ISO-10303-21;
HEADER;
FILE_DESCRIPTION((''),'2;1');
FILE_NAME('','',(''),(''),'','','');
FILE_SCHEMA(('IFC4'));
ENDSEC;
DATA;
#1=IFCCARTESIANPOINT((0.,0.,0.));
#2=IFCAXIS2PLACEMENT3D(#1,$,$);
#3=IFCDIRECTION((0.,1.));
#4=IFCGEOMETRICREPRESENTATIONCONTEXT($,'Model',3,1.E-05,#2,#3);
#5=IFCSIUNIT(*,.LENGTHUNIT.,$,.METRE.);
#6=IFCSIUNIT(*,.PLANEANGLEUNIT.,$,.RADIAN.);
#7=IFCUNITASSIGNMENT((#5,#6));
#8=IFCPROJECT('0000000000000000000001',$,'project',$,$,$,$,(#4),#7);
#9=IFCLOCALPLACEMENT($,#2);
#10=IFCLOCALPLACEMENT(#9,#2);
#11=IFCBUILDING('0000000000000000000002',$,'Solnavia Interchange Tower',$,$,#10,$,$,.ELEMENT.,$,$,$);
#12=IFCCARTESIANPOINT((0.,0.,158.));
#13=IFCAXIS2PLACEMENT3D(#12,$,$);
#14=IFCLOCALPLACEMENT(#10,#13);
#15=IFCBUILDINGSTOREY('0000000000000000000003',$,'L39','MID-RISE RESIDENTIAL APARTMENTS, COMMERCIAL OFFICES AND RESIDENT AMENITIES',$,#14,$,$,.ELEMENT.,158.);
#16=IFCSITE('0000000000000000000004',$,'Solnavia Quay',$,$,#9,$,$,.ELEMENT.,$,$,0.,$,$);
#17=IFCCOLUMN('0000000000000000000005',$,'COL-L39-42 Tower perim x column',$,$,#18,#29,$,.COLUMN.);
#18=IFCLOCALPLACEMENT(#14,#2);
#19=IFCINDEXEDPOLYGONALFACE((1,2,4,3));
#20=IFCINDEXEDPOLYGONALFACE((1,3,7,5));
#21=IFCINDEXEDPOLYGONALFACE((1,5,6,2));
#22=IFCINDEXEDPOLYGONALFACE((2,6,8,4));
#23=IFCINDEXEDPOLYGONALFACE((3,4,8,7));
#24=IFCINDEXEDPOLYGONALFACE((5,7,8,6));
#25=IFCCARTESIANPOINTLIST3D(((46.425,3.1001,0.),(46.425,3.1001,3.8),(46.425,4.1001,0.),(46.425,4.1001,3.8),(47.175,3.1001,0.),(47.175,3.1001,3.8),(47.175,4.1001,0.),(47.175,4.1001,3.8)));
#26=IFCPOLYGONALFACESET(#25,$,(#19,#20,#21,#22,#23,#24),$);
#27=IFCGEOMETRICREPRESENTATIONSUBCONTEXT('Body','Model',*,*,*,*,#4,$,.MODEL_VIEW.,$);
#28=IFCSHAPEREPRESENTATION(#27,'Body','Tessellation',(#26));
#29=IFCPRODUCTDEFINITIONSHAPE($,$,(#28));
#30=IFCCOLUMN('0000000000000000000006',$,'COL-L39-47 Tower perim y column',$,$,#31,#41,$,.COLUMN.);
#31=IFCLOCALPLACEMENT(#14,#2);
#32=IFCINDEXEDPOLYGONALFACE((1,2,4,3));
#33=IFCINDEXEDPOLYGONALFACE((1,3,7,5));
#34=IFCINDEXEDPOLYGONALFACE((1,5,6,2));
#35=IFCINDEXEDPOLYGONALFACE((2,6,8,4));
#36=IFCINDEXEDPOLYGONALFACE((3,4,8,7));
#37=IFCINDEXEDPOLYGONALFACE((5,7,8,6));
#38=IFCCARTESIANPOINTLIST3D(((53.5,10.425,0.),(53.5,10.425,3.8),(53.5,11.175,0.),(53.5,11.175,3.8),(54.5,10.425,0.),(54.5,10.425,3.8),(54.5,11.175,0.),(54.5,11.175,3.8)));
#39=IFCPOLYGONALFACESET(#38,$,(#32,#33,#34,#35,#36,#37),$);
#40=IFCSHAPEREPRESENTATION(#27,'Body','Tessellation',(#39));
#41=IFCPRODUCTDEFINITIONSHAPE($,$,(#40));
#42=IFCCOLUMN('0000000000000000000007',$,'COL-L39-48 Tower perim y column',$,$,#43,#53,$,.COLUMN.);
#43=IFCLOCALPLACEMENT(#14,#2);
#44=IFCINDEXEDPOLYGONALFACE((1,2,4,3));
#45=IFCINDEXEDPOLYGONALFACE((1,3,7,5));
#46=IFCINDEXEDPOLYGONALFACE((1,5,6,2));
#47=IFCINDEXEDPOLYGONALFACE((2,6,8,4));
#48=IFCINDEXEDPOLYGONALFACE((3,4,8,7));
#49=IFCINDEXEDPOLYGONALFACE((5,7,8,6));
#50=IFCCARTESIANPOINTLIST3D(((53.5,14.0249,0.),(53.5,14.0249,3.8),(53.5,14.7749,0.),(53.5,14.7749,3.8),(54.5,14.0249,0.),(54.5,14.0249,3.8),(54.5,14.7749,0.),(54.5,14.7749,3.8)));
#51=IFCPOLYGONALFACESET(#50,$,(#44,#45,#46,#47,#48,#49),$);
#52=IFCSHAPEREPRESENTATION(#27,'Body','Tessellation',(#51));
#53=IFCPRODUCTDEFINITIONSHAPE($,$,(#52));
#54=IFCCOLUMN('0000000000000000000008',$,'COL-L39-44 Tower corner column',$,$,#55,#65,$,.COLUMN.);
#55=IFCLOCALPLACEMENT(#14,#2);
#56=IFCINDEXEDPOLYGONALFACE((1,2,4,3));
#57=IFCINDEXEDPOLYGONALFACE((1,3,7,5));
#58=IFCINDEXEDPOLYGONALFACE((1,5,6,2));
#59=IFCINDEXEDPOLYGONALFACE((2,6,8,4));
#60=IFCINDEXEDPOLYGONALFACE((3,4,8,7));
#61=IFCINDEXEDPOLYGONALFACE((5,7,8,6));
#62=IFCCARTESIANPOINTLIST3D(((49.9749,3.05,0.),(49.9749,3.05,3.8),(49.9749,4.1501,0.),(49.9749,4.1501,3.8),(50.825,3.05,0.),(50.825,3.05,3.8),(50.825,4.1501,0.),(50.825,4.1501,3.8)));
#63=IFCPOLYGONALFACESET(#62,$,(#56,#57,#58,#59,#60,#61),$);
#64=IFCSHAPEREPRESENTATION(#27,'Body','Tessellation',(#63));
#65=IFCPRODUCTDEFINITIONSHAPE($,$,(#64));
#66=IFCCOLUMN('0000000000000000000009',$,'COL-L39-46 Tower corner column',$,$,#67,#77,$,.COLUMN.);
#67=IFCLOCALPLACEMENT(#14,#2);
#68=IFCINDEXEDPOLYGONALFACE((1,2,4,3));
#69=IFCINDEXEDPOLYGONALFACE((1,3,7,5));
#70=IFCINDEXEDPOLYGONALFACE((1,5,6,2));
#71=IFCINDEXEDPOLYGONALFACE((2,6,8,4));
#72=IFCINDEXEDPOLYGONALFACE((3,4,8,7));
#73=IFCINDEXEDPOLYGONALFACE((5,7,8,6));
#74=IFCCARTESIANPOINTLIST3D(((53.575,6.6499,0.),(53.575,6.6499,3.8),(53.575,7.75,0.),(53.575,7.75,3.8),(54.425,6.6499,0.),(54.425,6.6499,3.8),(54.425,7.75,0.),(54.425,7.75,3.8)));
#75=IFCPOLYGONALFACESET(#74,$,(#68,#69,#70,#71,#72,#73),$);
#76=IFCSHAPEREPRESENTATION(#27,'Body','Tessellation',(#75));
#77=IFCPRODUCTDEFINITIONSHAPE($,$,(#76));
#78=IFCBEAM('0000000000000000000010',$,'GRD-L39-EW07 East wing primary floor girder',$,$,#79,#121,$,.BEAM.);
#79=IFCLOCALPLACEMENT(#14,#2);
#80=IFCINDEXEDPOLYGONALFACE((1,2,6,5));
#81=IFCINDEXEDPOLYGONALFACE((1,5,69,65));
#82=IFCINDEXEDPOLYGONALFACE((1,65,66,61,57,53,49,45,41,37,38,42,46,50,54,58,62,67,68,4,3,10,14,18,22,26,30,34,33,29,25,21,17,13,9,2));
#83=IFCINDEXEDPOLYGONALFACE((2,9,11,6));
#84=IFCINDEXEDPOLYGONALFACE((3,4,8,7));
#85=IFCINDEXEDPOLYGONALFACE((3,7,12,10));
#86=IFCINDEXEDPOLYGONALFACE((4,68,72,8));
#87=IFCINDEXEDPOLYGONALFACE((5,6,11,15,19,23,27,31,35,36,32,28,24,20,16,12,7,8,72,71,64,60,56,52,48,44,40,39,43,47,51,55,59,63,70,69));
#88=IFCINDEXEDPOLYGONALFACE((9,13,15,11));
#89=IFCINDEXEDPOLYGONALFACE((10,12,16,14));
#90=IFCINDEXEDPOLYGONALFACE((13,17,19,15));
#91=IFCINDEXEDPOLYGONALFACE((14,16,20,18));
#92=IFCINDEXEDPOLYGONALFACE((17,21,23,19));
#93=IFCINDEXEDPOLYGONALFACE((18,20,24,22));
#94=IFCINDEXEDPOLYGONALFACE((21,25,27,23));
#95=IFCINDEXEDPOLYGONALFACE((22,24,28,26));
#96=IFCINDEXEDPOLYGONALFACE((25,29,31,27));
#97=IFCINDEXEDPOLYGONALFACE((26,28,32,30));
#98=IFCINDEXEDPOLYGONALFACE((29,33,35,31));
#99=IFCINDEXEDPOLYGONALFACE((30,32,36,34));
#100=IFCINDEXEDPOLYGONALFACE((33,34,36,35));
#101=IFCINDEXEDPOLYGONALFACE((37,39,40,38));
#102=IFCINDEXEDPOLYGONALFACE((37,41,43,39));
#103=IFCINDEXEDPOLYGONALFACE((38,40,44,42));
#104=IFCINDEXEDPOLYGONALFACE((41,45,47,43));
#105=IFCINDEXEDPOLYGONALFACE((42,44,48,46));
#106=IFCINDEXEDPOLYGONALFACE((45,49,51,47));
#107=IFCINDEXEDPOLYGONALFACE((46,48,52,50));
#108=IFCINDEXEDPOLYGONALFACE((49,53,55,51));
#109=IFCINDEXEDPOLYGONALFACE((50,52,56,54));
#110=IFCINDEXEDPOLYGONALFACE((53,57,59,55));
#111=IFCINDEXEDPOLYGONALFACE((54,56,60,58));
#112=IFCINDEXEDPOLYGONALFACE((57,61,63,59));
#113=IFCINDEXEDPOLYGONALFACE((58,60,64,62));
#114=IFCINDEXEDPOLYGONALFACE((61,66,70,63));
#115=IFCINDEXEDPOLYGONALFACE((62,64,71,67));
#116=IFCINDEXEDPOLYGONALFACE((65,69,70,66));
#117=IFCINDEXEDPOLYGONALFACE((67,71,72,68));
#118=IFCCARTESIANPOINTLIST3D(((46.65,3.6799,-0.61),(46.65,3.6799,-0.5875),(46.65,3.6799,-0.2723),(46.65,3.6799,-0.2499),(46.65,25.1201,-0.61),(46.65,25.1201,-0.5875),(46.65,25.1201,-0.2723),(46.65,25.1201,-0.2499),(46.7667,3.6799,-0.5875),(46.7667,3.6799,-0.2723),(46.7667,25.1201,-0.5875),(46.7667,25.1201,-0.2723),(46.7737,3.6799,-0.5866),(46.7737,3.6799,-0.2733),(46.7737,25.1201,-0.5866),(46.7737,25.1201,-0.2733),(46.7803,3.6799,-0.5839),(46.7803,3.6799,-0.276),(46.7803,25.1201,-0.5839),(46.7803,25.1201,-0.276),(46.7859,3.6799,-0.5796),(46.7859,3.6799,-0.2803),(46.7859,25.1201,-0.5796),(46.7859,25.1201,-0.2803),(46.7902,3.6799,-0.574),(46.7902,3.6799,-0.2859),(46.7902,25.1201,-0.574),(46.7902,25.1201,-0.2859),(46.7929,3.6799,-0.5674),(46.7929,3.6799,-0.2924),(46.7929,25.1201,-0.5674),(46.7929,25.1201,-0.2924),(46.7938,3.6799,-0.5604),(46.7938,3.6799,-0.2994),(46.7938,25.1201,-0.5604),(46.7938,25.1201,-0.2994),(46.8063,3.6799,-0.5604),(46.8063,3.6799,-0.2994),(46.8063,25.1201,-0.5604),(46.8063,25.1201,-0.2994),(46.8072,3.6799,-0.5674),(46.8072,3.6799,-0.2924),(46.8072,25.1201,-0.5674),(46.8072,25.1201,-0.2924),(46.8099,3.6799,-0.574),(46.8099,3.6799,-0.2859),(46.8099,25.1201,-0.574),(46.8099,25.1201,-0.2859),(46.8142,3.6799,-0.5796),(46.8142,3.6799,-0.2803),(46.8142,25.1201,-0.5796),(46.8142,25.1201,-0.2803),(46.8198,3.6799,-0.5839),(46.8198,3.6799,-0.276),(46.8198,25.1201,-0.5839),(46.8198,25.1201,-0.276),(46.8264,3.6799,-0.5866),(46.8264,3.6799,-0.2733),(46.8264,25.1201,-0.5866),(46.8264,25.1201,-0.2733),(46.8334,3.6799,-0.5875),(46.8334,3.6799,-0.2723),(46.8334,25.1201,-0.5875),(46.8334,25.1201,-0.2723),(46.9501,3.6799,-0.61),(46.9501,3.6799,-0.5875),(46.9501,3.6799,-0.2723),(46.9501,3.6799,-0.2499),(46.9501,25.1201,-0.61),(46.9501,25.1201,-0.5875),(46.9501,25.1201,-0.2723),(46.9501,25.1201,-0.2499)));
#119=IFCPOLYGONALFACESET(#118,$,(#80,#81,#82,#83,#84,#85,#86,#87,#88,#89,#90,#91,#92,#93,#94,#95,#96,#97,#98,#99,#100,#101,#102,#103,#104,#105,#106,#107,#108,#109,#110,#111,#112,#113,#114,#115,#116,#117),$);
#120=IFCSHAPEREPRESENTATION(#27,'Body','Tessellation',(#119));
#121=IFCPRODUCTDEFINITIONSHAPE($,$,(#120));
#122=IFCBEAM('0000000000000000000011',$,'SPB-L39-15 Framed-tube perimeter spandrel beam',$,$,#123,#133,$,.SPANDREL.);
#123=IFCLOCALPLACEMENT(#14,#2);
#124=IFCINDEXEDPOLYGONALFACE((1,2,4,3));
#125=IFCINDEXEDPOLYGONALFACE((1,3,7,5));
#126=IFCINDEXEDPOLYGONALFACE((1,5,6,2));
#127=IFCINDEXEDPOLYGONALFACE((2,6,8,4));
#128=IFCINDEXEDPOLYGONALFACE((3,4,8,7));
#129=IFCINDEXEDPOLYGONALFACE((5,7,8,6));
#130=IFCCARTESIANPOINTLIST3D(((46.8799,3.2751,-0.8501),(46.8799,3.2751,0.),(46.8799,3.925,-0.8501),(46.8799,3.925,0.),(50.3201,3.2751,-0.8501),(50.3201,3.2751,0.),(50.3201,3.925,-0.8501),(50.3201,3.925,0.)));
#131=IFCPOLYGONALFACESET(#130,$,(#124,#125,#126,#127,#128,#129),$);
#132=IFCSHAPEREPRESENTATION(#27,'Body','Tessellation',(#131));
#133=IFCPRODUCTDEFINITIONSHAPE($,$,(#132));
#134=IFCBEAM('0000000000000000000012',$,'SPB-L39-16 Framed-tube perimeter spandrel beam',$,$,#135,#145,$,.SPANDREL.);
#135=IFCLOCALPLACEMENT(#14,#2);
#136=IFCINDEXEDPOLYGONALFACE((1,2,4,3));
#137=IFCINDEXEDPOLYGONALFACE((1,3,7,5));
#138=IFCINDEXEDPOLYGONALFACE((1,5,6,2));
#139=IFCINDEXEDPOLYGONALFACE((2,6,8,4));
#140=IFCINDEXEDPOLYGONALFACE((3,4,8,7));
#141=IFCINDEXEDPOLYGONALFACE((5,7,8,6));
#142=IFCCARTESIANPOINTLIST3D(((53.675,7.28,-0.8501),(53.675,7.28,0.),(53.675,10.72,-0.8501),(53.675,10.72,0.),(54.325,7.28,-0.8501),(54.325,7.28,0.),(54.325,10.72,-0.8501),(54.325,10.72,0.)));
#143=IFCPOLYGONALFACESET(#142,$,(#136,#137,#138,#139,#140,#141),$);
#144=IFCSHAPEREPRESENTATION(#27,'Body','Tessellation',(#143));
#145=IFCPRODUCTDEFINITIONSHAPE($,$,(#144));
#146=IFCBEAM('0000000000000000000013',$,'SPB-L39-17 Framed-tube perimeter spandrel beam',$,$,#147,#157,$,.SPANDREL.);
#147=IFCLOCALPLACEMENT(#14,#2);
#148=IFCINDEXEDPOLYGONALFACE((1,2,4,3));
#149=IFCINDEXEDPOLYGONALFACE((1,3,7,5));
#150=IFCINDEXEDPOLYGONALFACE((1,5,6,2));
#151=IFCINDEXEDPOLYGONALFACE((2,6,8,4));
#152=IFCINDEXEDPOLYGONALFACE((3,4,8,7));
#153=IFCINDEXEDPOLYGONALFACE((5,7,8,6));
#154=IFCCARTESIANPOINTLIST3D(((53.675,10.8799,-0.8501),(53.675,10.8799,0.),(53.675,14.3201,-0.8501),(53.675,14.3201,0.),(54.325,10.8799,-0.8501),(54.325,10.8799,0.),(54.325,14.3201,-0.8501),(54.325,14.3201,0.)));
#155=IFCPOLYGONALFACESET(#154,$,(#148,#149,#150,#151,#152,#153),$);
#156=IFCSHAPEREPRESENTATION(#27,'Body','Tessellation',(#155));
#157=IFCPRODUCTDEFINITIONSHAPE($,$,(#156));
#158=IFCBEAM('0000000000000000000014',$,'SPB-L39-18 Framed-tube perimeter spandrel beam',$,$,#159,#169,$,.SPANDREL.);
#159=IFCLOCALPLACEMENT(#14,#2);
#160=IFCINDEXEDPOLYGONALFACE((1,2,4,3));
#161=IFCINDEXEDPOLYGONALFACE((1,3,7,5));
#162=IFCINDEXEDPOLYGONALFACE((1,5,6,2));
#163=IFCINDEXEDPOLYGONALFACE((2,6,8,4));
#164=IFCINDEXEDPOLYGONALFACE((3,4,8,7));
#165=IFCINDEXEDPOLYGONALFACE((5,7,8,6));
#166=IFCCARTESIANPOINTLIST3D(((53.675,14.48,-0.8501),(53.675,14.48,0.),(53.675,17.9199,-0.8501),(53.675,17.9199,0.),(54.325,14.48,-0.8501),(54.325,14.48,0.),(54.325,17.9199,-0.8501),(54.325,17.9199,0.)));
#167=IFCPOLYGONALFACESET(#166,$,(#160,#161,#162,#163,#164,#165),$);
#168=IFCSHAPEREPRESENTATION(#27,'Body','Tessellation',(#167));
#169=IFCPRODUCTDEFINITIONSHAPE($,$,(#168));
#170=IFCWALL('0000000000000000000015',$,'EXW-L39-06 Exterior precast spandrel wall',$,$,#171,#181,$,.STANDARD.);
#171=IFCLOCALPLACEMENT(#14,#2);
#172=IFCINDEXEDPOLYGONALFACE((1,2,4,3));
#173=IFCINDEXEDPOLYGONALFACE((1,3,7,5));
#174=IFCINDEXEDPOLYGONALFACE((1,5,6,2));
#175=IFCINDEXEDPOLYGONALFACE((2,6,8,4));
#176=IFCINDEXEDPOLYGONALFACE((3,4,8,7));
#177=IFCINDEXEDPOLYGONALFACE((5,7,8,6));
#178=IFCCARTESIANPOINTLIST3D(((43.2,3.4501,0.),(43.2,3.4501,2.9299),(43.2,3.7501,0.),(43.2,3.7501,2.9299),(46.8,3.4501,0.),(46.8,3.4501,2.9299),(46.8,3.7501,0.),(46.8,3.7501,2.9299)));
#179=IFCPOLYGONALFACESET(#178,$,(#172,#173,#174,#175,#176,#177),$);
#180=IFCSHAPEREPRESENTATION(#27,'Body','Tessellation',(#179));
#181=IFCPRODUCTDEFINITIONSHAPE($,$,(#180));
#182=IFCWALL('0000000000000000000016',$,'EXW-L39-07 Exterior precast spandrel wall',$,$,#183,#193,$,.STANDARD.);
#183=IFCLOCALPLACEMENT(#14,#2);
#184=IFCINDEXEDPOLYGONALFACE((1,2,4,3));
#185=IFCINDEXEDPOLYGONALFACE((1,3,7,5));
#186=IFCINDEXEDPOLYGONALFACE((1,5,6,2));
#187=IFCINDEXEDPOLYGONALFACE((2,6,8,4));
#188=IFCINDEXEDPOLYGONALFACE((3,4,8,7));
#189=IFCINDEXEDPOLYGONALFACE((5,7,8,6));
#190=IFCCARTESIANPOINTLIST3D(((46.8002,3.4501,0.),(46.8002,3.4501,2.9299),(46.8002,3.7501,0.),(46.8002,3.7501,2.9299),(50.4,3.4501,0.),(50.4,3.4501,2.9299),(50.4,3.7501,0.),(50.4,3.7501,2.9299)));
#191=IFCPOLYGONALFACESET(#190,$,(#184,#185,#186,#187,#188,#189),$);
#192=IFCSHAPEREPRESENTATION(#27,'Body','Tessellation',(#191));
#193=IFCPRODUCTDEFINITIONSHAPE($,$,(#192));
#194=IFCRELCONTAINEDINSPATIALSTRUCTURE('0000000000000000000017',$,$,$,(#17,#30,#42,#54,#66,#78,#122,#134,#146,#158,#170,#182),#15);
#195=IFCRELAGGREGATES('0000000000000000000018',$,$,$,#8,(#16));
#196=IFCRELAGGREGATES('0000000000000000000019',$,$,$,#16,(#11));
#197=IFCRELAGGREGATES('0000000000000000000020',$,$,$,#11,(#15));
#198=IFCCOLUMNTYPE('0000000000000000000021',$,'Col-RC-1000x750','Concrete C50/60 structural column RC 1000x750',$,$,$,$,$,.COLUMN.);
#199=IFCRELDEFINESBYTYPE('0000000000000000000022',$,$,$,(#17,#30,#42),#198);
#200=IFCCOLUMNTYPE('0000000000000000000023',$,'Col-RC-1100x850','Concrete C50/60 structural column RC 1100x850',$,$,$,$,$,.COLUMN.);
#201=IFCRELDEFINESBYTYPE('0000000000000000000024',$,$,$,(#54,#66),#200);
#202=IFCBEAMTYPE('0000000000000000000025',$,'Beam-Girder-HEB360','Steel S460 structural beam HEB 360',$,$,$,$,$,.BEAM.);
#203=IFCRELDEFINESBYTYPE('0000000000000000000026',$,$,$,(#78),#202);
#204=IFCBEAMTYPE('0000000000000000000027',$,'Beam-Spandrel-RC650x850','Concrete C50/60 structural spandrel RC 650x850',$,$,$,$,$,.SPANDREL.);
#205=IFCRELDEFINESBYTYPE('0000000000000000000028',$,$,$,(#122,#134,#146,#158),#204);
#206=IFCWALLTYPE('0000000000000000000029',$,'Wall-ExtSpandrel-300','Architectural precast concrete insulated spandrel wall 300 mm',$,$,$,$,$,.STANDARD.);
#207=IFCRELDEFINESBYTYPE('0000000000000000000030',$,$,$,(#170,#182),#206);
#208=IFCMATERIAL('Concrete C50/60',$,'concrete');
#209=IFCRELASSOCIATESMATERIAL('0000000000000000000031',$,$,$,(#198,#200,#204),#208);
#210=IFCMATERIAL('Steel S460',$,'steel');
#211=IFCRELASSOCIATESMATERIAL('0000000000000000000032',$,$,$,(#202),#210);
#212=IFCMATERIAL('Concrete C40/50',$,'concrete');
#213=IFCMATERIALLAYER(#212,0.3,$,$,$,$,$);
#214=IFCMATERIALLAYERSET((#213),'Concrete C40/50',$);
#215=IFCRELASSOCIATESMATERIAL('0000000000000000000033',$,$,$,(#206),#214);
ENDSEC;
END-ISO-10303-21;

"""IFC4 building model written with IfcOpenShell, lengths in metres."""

from ifc_helpers import new_model, si_unit, direction, frame, frame_2d, origin, origin_2d, place, context, subcontext, project, spatial, rectangle, i_section, extrude, material, layer, layer_set, material_profile, profile_set, type_object, element, save


model = new_model("IFC4")

# Units and contexts
model_context = context("Model", 3, precision=1e-05, world=origin(), true_north=direction((0.0, 1.0)))
body_context = subcontext(model_context, "Body", "Model", "MODEL_VIEW")
ifc_project = project(units=[si_unit("LENGTHUNIT", "METRE"), si_unit("PLANEANGLEUNIT", "RADIAN")], contexts=[model_context])

# Site, building, storey
site_placement = place(None, origin())
site = spatial("IfcSite", under=ifc_project, at=site_placement, Name="Solnavia Quay", CompositionType="ELEMENT", RefElevation=0.0)
building_placement = place(site_placement, origin())
building = spatial("IfcBuilding", under=site, at=building_placement, Name="Solnavia Interchange Tower", CompositionType="ELEMENT")
storey_placement = place(building_placement, frame((0.0, 0.0, 158.0)))
storey = spatial("IfcBuildingStorey", under=building, at=storey_placement, Name="L39", Description="MID-RISE RESIDENTIAL APARTMENTS, COMMERCIAL OFFICES AND RESIDENT AMENITIES", CompositionType="ELEMENT", Elevation=158.0)

# Columns
ifc_material_1 = material(Name="Concrete C50/60", Category="concrete")
ifc_material_profile_1 = material_profile(ifc_material_1, rectangle(XDim=0.75, YDim=1.0, at=origin_2d()), Name="RC 1000x750")
ifc_profile_set_1 = profile_set([ifc_material_profile_1], Name="Concrete C50/60")
column_type_1 = type_object("IfcColumnType", Name="Col-RC-1000x750", Description="Concrete C50/60 structural column RC 1000x750", PredefinedType="COLUMN", material=ifc_profile_set_1)
for number, where, z_axis, x_axis, name in (
    (1, (46.8, 3.6001, 0.0), (0.0, 0.0, 1.0), (1.0, 0.0, 0.0), "COL-L39-42 Tower perim x column"),
    (2, (54.0, 10.8, 0.0), (0.0, 0.0, 1.0), (0.0, 1.0, 0.0), "COL-L39-47 Tower perim y column"),
    (3, (54.0, 14.3999, 0.0), (0.0, 0.0, 1.0), (0.0, 1.0, 0.0), "COL-L39-48 Tower perim y column"),
):
    element("IfcColumn", number, at=place(storey_placement, frame(where, z_axis=z_axis, x_axis=x_axis)), inside=storey, type_object=column_type_1, Name=name, PredefinedType="COLUMN", context=body_context, shape_type="SweptSolid", body=[
        extrude(rectangle(XDim=0.75, YDim=1.0, at=origin_2d()), origin(), (0.0, 0.0, 1.0), 3.8),
    ])
ifc_material_profile_2 = material_profile(ifc_material_1, rectangle(XDim=0.8501, YDim=1.1001, at=origin_2d()), Name="RC 1100x850")
ifc_profile_set_2 = profile_set([ifc_material_profile_2], Name="Concrete C50/60")
column_type_2 = type_object("IfcColumnType", Name="Col-RC-1100x850", Description="Concrete C50/60 structural column RC 1100x850", PredefinedType="COLUMN", material=ifc_profile_set_2)
for number, where, z_axis, x_axis, name in (
    (4, (50.3999, 3.6001, 0.0), (0.0, 0.0, 1.0), (1.0, 0.0, 0.0), "COL-L39-44 Tower corner column"),
    (5, (54.0, 7.2, 0.0), (0.0, 0.0, 1.0), (1.0, 0.0, 0.0), "COL-L39-46 Tower corner column"),
):
    element("IfcColumn", number, at=place(storey_placement, frame(where, z_axis=z_axis, x_axis=x_axis)), inside=storey, type_object=column_type_2, Name=name, PredefinedType="COLUMN", context=body_context, shape_type="SweptSolid", body=[
        extrude(rectangle(XDim=0.8501, YDim=1.1001, at=origin_2d()), origin(), (0.0, 0.0, 1.0), 3.8),
    ])

# Beams
ifc_material_2 = material(Name="Steel S460", Category="steel")
ifc_material_profile_3 = material_profile(ifc_material_2, i_section(OverallWidth=0.3, OverallDepth=0.3601, WebThickness=0.0125, FlangeThickness=0.0225, FilletRadius=0.0271, at=origin_2d()), Name="HEB 360")
ifc_profile_set_3 = profile_set([ifc_material_profile_3], Name="Steel S460")
beam_type_1 = type_object("IfcBeamType", Name="Beam-Girder-HEB360", Description="Steel S460 structural beam HEB 360", PredefinedType="BEAM", material=ifc_profile_set_3)
beam_1_placement = place(storey_placement, frame((46.8, 3.6799, -0.4299), z_axis=(0.0, 1.0, 0.0), x_axis=(-1.0, 0.0, 0.0)))
element("IfcBeam", 6, at=beam_1_placement, inside=storey, type_object=beam_type_1, Name="GRD-L39-EW07 East wing primary floor girder", PredefinedType="BEAM", context=body_context, shape_type="SweptSolid", body=[
    extrude(i_section(OverallWidth=0.3, OverallDepth=0.3601, WebThickness=0.0125, FlangeThickness=0.0225, FilletRadius=0.0271, at=origin_2d()), origin(), (0.0, 0.0, 1.0), 21.4402),
])
ifc_material_profile_4 = material_profile(ifc_material_1, rectangle(XDim=0.6499, YDim=0.8501, at=origin_2d()), Name="RC 650x850")
ifc_profile_set_4 = profile_set([ifc_material_profile_4], Name="Concrete C50/60")
beam_type_2 = type_object("IfcBeamType", Name="Beam-Spandrel-RC650x850", Description="Concrete C50/60 structural spandrel RC 650x850", PredefinedType="SPANDREL", material=ifc_profile_set_4)
beam_2_placement = place(storey_placement, frame((46.8799, 3.6001, -0.425), z_axis=(1.0, 0.0, 0.0), x_axis=(0.0, 1.0, 0.0)))
element("IfcBeam", 7, at=beam_2_placement, inside=storey, type_object=beam_type_2, Name="SPB-L39-15 Framed-tube perimeter spandrel beam", PredefinedType="SPANDREL", context=body_context, shape_type="SweptSolid", body=[
    extrude(rectangle(XDim=0.6499, YDim=0.8501, at=origin_2d()), origin(), (0.0, 0.0, 1.0), 3.4402),
])
beam_3_placement = place(storey_placement, frame((54.0, 7.28, -0.425), z_axis=(0.0, 1.0, 0.0), x_axis=(-1.0, 0.0, 0.0)))
element("IfcBeam", 8, at=beam_3_placement, inside=storey, type_object=beam_type_2, Name="SPB-L39-16 Framed-tube perimeter spandrel beam", PredefinedType="SPANDREL", context=body_context, shape_type="SweptSolid", body=[
    extrude(rectangle(XDim=0.6499, YDim=0.8501, at=origin_2d()), origin(), (0.0, 0.0, 1.0), 3.4399),
])
beam_4_placement = place(storey_placement, frame((54.0, 10.8799, -0.425), z_axis=(0.0, 1.0, 0.0), x_axis=(-1.0, 0.0, 0.0)))
element("IfcBeam", 9, at=beam_4_placement, inside=storey, type_object=beam_type_2, Name="SPB-L39-17 Framed-tube perimeter spandrel beam", PredefinedType="SPANDREL", context=body_context, shape_type="SweptSolid", body=[
    extrude(rectangle(XDim=0.6499, YDim=0.8501, at=origin_2d()), origin(), (0.0, 0.0, 1.0), 3.4402),
])
beam_5_placement = place(storey_placement, frame((54.0, 14.48, -0.425), z_axis=(0.0, 1.0, 0.0), x_axis=(-1.0, 0.0, 0.0)))
element("IfcBeam", 10, at=beam_5_placement, inside=storey, type_object=beam_type_2, Name="SPB-L39-18 Framed-tube perimeter spandrel beam", PredefinedType="SPANDREL", context=body_context, shape_type="SweptSolid", body=[
    extrude(rectangle(XDim=0.6499, YDim=0.8501, at=origin_2d()), origin(), (0.0, 0.0, 1.0), 3.4399),
])

# Walls
ifc_material_3 = material(Name="Concrete C40/50", Category="concrete")
ifc_layer_1 = layer(ifc_material_3, 0.3)
ifc_layer_set_1 = layer_set([ifc_layer_1], Name="Concrete C40/50")
wall_type_1 = type_object("IfcWallType", Name="Wall-ExtSpandrel-300", Description="Architectural precast concrete insulated spandrel wall 300 mm", PredefinedType="STANDARD", material=ifc_layer_set_1)
wall_1_placement = place(storey_placement, frame((46.8, 3.6001, 0.0), z_axis=(0.0, 0.0, 1.0), x_axis=(-1.0, 0.0, 0.0)))
element("IfcWall", 11, at=wall_1_placement, inside=storey, type_object=wall_type_1, Name="EXW-L39-06 Exterior precast spandrel wall", PredefinedType="STANDARD", context=body_context, shape_type="SweptSolid", body=[
    extrude(rectangle(XDim=3.6001, YDim=0.3, at=frame_2d((1.8, 0.0))), origin(), (0.0, 0.0, 1.0), 2.9299),
])
wall_2_placement = place(storey_placement, frame((50.3999, 3.6001, 0.0), z_axis=(0.0, 0.0, 1.0), x_axis=(-1.0, 0.0, 0.0)))
element("IfcWall", 12, at=wall_2_placement, inside=storey, type_object=wall_type_1, Name="EXW-L39-07 Exterior precast spandrel wall", PredefinedType="STANDARD", context=body_context, shape_type="SweptSolid", body=[
    extrude(rectangle(XDim=3.5999, YDim=0.3, at=frame_2d((1.7998, 0.0))), origin(), (0.0, 0.0, 1.0), 2.9299),
])

save(model, "model.ifc")
